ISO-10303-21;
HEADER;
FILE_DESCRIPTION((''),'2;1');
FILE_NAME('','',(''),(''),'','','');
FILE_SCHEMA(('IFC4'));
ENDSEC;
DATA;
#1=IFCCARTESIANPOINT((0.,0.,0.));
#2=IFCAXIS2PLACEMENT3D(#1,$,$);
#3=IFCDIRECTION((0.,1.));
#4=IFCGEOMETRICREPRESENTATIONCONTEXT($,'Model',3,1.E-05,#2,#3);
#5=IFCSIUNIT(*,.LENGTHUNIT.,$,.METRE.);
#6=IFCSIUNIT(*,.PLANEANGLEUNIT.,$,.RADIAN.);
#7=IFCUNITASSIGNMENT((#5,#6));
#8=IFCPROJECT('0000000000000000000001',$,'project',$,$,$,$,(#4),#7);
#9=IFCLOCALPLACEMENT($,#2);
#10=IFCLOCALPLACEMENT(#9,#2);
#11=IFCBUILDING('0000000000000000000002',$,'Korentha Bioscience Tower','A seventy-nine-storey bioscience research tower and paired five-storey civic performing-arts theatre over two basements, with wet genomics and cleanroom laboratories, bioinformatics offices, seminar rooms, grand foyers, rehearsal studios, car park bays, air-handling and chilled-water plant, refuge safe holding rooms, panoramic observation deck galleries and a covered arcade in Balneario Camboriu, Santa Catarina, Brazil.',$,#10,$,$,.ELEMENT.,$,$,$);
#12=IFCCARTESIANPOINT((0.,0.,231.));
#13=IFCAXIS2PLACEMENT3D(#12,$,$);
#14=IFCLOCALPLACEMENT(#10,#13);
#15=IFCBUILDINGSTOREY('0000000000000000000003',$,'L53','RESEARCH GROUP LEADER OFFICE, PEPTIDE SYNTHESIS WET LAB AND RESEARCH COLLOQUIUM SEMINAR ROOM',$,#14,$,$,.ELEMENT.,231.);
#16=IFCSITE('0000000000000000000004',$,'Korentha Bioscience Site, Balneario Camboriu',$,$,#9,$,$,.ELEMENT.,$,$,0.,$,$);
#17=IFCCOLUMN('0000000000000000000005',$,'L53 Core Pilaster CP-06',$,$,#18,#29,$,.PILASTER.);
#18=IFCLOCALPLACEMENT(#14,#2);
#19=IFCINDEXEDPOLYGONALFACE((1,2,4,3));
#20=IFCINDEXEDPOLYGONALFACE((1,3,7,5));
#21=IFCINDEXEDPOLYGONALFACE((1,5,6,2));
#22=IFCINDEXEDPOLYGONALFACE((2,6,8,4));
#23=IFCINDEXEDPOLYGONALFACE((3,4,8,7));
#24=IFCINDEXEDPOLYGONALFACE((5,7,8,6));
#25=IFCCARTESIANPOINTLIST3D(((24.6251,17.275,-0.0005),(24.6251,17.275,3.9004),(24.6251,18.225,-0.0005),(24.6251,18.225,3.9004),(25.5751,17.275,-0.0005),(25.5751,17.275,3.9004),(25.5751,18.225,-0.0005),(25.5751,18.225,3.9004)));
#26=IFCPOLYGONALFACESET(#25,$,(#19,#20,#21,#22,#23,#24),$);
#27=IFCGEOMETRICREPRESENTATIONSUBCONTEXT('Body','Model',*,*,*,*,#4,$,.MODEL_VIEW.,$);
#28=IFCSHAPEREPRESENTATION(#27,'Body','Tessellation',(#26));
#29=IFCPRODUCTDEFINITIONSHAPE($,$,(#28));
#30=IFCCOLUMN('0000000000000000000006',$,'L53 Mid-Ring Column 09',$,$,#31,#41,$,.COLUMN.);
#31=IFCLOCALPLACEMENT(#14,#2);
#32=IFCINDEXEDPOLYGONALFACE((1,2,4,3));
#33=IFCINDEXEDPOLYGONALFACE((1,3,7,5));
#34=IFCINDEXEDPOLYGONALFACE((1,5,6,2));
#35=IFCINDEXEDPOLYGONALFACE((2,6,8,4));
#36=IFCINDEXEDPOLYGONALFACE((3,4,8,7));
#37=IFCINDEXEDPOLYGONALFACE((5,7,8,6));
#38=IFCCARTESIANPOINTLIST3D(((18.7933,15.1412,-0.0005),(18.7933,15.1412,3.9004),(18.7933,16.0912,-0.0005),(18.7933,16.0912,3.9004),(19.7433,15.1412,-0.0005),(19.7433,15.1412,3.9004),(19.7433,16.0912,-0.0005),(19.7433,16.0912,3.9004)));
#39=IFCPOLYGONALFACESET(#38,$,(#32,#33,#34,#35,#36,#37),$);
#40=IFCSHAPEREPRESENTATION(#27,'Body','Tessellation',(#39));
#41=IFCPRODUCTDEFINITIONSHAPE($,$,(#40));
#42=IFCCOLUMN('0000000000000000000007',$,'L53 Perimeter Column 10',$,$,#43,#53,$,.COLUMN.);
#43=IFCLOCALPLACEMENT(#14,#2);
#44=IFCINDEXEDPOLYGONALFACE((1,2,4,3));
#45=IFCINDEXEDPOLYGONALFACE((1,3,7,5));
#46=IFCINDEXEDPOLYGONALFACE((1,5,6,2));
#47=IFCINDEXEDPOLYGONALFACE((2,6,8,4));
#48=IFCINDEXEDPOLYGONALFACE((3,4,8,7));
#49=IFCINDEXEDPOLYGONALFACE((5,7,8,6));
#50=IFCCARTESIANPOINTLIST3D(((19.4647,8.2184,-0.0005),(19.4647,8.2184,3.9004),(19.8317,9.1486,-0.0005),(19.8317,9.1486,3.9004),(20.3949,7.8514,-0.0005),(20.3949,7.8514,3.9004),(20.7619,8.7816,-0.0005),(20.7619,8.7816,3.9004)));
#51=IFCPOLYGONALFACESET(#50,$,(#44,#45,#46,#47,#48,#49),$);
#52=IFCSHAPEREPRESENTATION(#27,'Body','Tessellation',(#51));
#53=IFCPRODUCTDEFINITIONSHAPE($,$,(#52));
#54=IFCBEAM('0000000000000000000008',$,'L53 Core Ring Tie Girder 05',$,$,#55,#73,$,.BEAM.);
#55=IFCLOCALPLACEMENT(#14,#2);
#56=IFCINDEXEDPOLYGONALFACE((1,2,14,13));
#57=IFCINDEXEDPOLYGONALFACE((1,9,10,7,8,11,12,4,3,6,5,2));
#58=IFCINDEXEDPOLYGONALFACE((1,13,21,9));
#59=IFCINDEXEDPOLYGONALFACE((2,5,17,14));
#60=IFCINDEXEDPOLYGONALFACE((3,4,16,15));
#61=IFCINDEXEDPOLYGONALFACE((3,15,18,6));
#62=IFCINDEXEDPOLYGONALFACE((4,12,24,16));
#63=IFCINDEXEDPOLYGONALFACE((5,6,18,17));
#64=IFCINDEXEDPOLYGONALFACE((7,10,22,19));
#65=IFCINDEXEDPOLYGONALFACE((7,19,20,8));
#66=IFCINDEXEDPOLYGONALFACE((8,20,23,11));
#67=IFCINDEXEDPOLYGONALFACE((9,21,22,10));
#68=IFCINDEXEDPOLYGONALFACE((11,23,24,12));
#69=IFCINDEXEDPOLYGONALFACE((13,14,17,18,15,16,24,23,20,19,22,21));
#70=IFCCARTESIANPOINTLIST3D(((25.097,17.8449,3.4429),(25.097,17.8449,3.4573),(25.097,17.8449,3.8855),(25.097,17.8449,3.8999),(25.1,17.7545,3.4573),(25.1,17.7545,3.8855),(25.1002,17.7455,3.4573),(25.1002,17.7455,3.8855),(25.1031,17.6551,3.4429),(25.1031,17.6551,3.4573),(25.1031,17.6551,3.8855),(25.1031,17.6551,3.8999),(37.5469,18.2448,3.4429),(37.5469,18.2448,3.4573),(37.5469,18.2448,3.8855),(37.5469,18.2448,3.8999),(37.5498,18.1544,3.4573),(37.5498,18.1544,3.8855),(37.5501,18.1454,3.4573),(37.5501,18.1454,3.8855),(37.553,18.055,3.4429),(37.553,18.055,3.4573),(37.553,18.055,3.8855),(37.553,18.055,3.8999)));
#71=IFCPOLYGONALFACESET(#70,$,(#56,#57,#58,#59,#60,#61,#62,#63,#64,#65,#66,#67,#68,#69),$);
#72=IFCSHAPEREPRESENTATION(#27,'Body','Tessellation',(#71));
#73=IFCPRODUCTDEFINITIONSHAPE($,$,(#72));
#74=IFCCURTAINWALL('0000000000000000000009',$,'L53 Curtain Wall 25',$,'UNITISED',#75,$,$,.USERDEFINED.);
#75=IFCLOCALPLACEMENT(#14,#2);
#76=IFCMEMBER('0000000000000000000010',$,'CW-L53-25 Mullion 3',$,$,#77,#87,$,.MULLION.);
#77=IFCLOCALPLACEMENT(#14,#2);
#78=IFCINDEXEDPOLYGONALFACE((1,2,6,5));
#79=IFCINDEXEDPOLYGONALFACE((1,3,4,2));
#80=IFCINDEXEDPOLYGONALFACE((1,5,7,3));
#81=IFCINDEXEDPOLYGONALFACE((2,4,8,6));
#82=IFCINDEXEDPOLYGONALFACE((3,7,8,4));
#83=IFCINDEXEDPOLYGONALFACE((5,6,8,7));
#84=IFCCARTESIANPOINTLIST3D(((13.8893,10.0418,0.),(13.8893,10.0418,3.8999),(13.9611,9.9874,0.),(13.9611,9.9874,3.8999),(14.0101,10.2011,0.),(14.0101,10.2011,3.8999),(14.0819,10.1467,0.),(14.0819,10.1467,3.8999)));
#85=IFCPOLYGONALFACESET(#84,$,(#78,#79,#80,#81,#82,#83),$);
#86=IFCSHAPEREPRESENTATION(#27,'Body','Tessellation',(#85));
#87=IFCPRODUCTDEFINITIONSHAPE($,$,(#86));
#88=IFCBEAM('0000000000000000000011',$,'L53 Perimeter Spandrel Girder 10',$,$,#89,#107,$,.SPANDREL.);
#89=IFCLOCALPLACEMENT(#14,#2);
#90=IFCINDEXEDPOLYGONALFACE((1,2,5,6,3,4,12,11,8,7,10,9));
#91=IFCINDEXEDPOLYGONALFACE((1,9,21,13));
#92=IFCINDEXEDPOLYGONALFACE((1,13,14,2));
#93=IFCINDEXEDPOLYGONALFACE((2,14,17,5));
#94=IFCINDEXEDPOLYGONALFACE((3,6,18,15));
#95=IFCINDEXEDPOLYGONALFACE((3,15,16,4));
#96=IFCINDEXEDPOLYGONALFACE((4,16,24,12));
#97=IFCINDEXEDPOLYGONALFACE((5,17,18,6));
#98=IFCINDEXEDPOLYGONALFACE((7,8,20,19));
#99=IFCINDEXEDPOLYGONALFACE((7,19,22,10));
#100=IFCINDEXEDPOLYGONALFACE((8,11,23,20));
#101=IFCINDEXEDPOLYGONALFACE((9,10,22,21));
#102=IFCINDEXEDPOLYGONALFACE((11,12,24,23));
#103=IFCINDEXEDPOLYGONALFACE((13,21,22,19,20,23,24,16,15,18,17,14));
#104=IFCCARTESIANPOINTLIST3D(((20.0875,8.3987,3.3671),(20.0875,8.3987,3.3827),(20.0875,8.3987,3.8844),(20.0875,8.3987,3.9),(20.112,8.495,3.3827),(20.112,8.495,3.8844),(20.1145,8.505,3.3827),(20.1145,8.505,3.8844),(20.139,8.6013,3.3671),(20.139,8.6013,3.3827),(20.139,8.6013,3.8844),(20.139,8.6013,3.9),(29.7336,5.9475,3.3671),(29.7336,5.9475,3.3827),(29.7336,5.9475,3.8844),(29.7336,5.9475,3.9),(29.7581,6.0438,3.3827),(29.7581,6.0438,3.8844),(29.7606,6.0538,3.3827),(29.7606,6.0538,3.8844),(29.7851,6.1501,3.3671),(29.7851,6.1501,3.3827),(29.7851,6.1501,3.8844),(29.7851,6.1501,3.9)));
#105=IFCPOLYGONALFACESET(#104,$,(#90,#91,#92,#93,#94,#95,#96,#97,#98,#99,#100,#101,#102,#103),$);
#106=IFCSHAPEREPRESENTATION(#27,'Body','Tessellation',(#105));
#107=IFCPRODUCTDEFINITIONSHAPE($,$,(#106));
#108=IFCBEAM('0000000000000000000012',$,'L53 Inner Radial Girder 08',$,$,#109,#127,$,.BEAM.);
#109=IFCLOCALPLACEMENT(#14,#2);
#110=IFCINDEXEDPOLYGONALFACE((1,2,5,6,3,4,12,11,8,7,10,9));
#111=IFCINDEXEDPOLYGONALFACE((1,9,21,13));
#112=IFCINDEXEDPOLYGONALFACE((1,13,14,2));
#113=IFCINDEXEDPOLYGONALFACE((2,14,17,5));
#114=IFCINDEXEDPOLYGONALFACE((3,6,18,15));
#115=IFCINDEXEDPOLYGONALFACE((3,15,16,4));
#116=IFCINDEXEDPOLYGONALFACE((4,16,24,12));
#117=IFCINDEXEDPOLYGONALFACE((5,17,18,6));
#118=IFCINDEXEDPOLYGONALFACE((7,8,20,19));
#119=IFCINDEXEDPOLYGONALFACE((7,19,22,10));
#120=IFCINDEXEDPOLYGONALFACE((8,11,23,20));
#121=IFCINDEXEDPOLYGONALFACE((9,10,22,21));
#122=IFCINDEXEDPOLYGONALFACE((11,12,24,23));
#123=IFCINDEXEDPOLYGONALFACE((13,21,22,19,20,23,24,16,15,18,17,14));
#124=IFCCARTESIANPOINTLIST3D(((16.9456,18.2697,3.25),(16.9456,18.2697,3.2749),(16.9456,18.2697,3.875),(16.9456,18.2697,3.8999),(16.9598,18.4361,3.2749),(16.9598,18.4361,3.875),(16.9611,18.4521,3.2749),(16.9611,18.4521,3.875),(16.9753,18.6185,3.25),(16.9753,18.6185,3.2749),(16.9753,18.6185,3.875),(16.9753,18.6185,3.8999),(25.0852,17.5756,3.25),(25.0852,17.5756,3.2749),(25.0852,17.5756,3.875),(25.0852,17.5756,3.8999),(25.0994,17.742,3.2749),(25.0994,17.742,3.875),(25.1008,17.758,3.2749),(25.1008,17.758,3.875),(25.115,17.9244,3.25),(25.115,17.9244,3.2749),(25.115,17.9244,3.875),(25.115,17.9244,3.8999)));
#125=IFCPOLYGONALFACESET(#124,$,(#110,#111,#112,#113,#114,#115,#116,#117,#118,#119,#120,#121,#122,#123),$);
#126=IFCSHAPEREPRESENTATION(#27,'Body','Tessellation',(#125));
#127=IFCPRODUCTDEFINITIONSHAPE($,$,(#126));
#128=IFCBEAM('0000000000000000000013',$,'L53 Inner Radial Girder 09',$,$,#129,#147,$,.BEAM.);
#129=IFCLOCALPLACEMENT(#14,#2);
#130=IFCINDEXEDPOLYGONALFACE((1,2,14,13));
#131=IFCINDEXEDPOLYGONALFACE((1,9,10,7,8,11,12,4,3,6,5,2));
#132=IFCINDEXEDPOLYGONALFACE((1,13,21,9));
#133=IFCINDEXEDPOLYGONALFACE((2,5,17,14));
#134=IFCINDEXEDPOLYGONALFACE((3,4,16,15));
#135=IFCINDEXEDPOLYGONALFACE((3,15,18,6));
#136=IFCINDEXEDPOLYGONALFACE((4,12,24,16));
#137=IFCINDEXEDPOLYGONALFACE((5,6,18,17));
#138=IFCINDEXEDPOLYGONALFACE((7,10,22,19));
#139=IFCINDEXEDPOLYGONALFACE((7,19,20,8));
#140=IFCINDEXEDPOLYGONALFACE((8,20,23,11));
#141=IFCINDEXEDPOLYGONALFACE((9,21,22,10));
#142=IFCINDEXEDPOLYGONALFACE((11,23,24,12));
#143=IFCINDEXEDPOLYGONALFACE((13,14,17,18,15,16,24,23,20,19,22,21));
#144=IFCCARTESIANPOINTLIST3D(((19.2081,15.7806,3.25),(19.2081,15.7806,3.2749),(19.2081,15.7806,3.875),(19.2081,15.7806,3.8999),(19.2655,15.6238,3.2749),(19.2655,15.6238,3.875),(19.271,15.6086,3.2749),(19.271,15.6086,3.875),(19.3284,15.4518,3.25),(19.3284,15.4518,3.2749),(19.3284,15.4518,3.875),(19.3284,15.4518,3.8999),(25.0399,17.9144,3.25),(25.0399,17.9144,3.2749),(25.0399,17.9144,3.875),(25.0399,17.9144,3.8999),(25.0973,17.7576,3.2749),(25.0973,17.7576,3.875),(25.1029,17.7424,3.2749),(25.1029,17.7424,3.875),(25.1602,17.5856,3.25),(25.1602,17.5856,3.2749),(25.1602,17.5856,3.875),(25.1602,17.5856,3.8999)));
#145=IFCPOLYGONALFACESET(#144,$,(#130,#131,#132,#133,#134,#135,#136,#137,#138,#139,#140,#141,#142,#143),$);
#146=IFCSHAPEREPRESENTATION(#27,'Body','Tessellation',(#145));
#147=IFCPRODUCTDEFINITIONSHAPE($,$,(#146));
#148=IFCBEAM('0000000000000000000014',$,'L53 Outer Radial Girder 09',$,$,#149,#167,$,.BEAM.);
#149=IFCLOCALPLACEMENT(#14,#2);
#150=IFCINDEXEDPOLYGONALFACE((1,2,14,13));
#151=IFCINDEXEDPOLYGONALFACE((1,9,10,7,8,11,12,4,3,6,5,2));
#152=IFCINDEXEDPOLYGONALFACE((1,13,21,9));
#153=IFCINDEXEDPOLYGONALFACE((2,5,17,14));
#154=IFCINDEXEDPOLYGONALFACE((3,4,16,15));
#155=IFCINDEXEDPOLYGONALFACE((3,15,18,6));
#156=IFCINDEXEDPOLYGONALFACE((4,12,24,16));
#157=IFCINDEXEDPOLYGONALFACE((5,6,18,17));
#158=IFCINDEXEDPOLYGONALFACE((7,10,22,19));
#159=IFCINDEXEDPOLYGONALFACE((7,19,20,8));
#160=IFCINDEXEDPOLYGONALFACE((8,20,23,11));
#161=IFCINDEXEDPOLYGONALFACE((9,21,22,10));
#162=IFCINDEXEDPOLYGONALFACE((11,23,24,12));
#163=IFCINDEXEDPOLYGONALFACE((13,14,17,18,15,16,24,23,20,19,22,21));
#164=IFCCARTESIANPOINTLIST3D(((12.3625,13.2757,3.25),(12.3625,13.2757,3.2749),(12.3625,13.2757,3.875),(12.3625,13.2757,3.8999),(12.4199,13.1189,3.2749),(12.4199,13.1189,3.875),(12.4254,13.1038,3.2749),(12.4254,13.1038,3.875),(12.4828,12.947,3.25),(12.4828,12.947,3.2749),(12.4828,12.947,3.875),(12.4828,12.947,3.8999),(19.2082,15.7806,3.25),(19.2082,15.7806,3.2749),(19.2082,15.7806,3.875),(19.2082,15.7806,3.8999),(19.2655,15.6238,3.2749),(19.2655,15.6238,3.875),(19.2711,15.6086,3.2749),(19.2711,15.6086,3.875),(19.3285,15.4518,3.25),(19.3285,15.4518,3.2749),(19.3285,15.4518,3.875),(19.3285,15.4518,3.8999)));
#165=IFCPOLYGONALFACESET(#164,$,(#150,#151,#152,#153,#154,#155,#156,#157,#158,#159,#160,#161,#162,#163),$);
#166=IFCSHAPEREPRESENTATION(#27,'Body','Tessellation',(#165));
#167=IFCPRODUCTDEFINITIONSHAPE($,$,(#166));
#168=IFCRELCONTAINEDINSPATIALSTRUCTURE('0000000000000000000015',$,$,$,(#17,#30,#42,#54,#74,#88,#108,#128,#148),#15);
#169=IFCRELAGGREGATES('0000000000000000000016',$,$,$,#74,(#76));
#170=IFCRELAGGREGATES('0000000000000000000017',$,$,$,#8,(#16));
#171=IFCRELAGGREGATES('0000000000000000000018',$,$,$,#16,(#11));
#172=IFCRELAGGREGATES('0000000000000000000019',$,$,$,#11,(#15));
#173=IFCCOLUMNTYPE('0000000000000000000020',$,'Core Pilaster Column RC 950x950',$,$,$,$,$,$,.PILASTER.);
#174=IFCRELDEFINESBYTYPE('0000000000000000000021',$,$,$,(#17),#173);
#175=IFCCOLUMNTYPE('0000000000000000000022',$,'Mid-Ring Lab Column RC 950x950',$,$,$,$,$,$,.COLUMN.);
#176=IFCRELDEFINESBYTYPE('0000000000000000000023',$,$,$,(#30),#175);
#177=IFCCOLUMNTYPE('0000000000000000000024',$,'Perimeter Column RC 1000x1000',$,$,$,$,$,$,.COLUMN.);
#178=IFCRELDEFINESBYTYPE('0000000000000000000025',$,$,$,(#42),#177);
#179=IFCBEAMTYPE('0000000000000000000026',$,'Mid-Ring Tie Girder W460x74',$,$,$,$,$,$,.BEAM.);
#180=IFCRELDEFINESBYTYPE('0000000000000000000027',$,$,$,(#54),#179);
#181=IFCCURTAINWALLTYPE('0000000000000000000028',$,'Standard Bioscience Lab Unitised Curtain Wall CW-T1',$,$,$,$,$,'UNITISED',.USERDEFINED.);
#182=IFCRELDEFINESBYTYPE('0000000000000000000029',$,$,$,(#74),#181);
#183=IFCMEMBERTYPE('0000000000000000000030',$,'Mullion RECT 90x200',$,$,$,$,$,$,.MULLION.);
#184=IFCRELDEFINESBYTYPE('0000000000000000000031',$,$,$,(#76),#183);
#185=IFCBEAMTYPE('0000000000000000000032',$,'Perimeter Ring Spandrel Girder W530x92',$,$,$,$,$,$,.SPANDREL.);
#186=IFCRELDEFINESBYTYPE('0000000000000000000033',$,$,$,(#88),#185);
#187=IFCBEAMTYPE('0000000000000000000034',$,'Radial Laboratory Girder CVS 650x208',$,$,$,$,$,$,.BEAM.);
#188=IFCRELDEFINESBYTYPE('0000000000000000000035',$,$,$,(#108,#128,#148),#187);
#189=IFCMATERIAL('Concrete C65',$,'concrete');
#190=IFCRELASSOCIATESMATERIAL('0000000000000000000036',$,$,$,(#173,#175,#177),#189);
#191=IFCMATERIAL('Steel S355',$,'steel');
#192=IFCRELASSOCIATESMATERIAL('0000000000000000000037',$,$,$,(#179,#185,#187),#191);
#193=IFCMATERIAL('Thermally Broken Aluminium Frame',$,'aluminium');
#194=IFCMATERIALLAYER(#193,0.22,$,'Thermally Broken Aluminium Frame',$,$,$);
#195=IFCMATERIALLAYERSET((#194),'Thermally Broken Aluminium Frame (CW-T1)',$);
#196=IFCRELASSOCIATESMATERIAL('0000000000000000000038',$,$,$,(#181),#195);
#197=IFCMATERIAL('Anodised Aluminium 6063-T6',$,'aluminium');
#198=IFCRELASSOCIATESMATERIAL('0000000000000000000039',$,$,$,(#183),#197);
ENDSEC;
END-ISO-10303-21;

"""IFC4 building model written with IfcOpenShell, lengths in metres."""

from ifc_helpers import new_model, si_unit, direction, frame, origin, origin_2d, place, context, subcontext, project, spatial, rectangle, i_section, extrude, material, layer, layer_set, material_profile, profile_set, type_object, element, aggregate, save


model = new_model("IFC4")

# Units and contexts
model_context = context("Model", 3, precision=1e-05, world=origin(), true_north=direction((0.0, 1.0)))
body_context = subcontext(model_context, "Body", "Model", "MODEL_VIEW")
ifc_project = project(units=[si_unit("LENGTHUNIT", "METRE"), si_unit("PLANEANGLEUNIT", "RADIAN")], contexts=[model_context])

# Site, building, storey
site_placement = place(None, origin())
site = spatial("IfcSite", under=ifc_project, at=site_placement, Name="Korentha Bioscience Site, Balneario Camboriu", CompositionType="ELEMENT", RefElevation=0.0)
building_placement = place(site_placement, origin())
building = spatial("IfcBuilding", under=site, at=building_placement, Name="Korentha Bioscience Tower", Description="A seventy-nine-storey bioscience research tower and paired five-storey civic performing-arts theatre over two basements, with wet genomics and cleanroom laboratories, bioinformatics offices, seminar rooms, grand foyers, rehearsal studios, car park bays, air-handling and chilled-water plant, refuge safe holding rooms, panoramic observation deck galleries and a covered arcade in Balneario Camboriu, Santa Catarina, Brazil.", CompositionType="ELEMENT")
storey_placement = place(building_placement, frame((0.0, 0.0, 231.0)))
storey = spatial("IfcBuildingStorey", under=building, at=storey_placement, Name="L53", Description="RESEARCH GROUP LEADER OFFICE, PEPTIDE SYNTHESIS WET LAB AND RESEARCH COLLOQUIUM SEMINAR ROOM", CompositionType="ELEMENT", Elevation=231.0)

# Columns
ifc_material_1 = material(Name="Concrete C65", Category="concrete")
ifc_material_profile_1 = material_profile(ifc_material_1, rectangle(XDim=0.95, YDim=0.95, at=origin_2d()), Name="Concrete C65")
ifc_profile_set_1 = profile_set([ifc_material_profile_1], Name="Concrete C65 (COL-CP09)")
column_type_1 = type_object("IfcColumnType", Name="Core Pilaster Column RC 950x950", PredefinedType="PILASTER", material=ifc_profile_set_1)
column_1_placement = place(storey_placement, frame((25.1001, 17.75, -0.0005), z_axis=(0.0, 0.0, 1.0), x_axis=(1.0, 0.0, 0.0)))
element("IfcColumn", 1, at=column_1_placement, inside=storey, type_object=column_type_1, Name="L53 Core Pilaster CP-06", PredefinedType="PILASTER", context=body_context, shape_type="SweptSolid", body=[
    extrude(rectangle(XDim=0.95, YDim=0.95, at=origin_2d()), origin(), (0.0, 0.0, 1.0), 3.9009),
])
ifc_material_profile_2 = material_profile(ifc_material_1, rectangle(XDim=0.95, YDim=0.95, at=origin_2d()), Name="Concrete C65")
ifc_profile_set_2 = profile_set([ifc_material_profile_2], Name="Concrete C65 (COL-MR09)")
column_type_2 = type_object("IfcColumnType", Name="Mid-Ring Lab Column RC 950x950", PredefinedType="COLUMN", material=ifc_profile_set_2)
column_2_placement = place(storey_placement, frame((19.2683, 15.6162, -0.0005), z_axis=(0.0, 0.0, 1.0), x_axis=(1.0, 0.0, 0.0)))
element("IfcColumn", 2, at=column_2_placement, inside=storey, type_object=column_type_2, Name="L53 Mid-Ring Column 09", PredefinedType="COLUMN", context=body_context, shape_type="SweptSolid", body=[
    extrude(rectangle(XDim=0.95, YDim=0.95, at=origin_2d()), origin(), (0.0, 0.0, 1.0), 3.9009),
])
ifc_material_profile_3 = material_profile(ifc_material_1, rectangle(XDim=1.0, YDim=1.0, at=origin_2d()), Name="Concrete C65")
ifc_profile_set_3 = profile_set([ifc_material_profile_3], Name="Concrete C65 (COL-P10)")
column_type_3 = type_object("IfcColumnType", Name="Perimeter Column RC 1000x1000", PredefinedType="COLUMN", material=ifc_profile_set_3)
column_3_placement = place(storey_placement, frame((20.1133, 8.5, -0.0005), z_axis=(0.0, 0.0, 1.0), x_axis=(-0.930226, 0.366988, 0.0)))
element("IfcColumn", 3, at=column_3_placement, inside=storey, type_object=column_type_3, Name="L53 Perimeter Column 10", PredefinedType="COLUMN", context=body_context, shape_type="SweptSolid", body=[
    extrude(rectangle(XDim=1.0, YDim=1.0, at=origin_2d()), origin(), (0.0, 0.0, 1.0), 3.9009),
])

# Beam
ifc_material_2 = material(Name="Steel S355", Category="steel")
ifc_material_profile_4 = material_profile(ifc_material_2, i_section(OverallWidth=0.1899, OverallDepth=0.457, WebThickness=0.009, FlangeThickness=0.0144, at=origin_2d()), Name="Steel S355")
ifc_profile_set_4 = profile_set([ifc_material_profile_4], Name="Steel S355 (MB-460)")
beam_type_1 = type_object("IfcBeamType", Name="Mid-Ring Tie Girder W460x74", PredefinedType="BEAM", material=ifc_profile_set_4)
beam_1_placement = place(storey_placement, frame((25.1001, 17.75, 3.6714), z_axis=(0.999485, 0.032104, 0.0), x_axis=(-0.032104, 0.999485, 0.0)))
element("IfcBeam", 4, at=beam_1_placement, inside=storey, type_object=beam_type_1, Name="L53 Core Ring Tie Girder 05", PredefinedType="BEAM", context=body_context, shape_type="SweptSolid", body=[
    extrude(i_section(OverallWidth=0.1899, OverallDepth=0.457, WebThickness=0.009, FlangeThickness=0.0144, at=origin_2d()), origin(), (0.0, 0.0, 1.0), 12.4563),
])

# Curtain wall, member
ifc_material_3 = material(Name="Thermally Broken Aluminium Frame", Category="aluminium")
ifc_layer_1 = layer(ifc_material_3, 0.22, Name="Thermally Broken Aluminium Frame")
ifc_layer_set_1 = layer_set([ifc_layer_1], Name="Thermally Broken Aluminium Frame (CW-T1)")
curtain_wall_type = type_object("IfcCurtainWallType", Name="Standard Bioscience Lab Unitised Curtain Wall CW-T1", ElementType="UNITISED", PredefinedType="USERDEFINED", material=ifc_layer_set_1)
curtain_wall_placement = place(storey_placement, origin())
curtain_wall = element("IfcCurtainWall", 5, at=curtain_wall_placement, inside=storey, type_object=curtain_wall_type, Name="L53 Curtain Wall 25", ObjectType="UNITISED", PredefinedType="USERDEFINED")
ifc_material_4 = material(Name="Anodised Aluminium 6063-T6", Category="aluminium")
ifc_material_profile_5 = material_profile(ifc_material_4, rectangle(XDim=0.0901, YDim=0.2, at=origin_2d()), Name="Anodised Aluminium 6063-T6")
ifc_profile_set_5 = profile_set([ifc_material_profile_5], Name="Anodised Aluminium 6063-T6 (CW-MUL)")
member_type = type_object("IfcMemberType", Name="Mullion RECT 90x200", PredefinedType="MULLION", material=ifc_profile_set_5)
member_placement = place(storey_placement, frame((13.9856, 10.0942, 0.0), z_axis=(0.0, 0.0, 1.0), x_axis=(0.796889, -0.604126, 0.0)))
member = element("IfcMember", 6, at=member_placement, type_object=member_type, Name="CW-L53-25 Mullion 3", PredefinedType="MULLION", context=body_context, shape_type="SweptSolid", body=[
    extrude(rectangle(XDim=0.0901, YDim=0.2, at=origin_2d()), origin(), (0.0, 0.0, 1.0), 3.8999),
])
aggregate(curtain_wall, [member])

# Beams
ifc_material_profile_6 = material_profile(ifc_material_2, i_section(OverallWidth=0.209, OverallDepth=0.533, WebThickness=0.0103, FlangeThickness=0.0156, at=origin_2d()), Name="Steel S355")
ifc_profile_set_6 = profile_set([ifc_material_profile_6], Name="Steel S355 (SB-530)")
beam_type_2 = type_object("IfcBeamType", Name="Perimeter Ring Spandrel Girder W530x92", PredefinedType="SPANDREL", material=ifc_profile_set_6)
beam_2_placement = place(storey_placement, frame((20.1133, 8.5, 3.6335), z_axis=(0.969197, -0.246286, 0.0), x_axis=(0.246286, 0.969197, 0.0)))
element("IfcBeam", 7, at=beam_2_placement, inside=storey, type_object=beam_type_2, Name="L53 Perimeter Spandrel Girder 10", PredefinedType="SPANDREL", context=body_context, shape_type="SweptSolid", body=[
    extrude(i_section(OverallWidth=0.209, OverallDepth=0.533, WebThickness=0.0103, FlangeThickness=0.0156, at=origin_2d()), origin(), (0.0, 0.0, 1.0), 9.9526),
])
ifc_material_profile_7 = material_profile(ifc_material_2, i_section(OverallWidth=0.3501, OverallDepth=0.6499, WebThickness=0.0161, FlangeThickness=0.0249, at=origin_2d()), Name="Steel S355")
ifc_profile_set_7 = profile_set([ifc_material_profile_7], Name="Steel S355 (RB-650)")
beam_type_3 = type_object("IfcBeamType", Name="Radial Laboratory Girder CVS 650x208", PredefinedType="BEAM", material=ifc_profile_set_7)
beam_3_placement = place(storey_placement, frame((25.1001, 17.75, 3.575), z_axis=(-0.996384, 0.084965, 0.0), x_axis=(-0.084965, -0.996384, 0.0)))
element("IfcBeam", 8, at=beam_3_placement, inside=storey, type_object=beam_type_3, Name="L53 Inner Radial Girder 08", PredefinedType="BEAM", context=body_context, shape_type="SweptSolid", body=[
    extrude(i_section(OverallWidth=0.3501, OverallDepth=0.6499, WebThickness=0.0161, FlangeThickness=0.0249, at=origin_2d()), origin(), (0.0, 0.0, 1.0), 8.1692),
])
beam_4_placement = place(storey_placement, frame((25.1001, 17.75, 3.575), z_axis=(-0.939112, -0.343611, 0.0), x_axis=(0.343611, -0.939112, 0.0)))
element("IfcBeam", 9, at=beam_4_placement, inside=storey, type_object=beam_type_3, Name="L53 Inner Radial Girder 09", PredefinedType="BEAM", context=body_context, shape_type="SweptSolid", body=[
    extrude(i_section(OverallWidth=0.3501, OverallDepth=0.6499, WebThickness=0.0161, FlangeThickness=0.0249, at=origin_2d()), origin(), (0.0, 0.0, 1.0), 6.21),
])
beam_5_placement = place(storey_placement, frame((19.2683, 15.6162, 3.575), z_axis=(-0.939107, -0.343625, 0.0), x_axis=(0.343625, -0.939107, 0.0)))
element("IfcBeam", 10, at=beam_5_placement, inside=storey, type_object=beam_type_3, Name="L53 Outer Radial Girder 09", PredefinedType="BEAM", context=body_context, shape_type="SweptSolid", body=[
    extrude(i_section(OverallWidth=0.3501, OverallDepth=0.6499, WebThickness=0.0161, FlangeThickness=0.0249, at=origin_2d()), origin(), (0.0, 0.0, 1.0), 7.2896),
])

save(model, "model.ifc")
